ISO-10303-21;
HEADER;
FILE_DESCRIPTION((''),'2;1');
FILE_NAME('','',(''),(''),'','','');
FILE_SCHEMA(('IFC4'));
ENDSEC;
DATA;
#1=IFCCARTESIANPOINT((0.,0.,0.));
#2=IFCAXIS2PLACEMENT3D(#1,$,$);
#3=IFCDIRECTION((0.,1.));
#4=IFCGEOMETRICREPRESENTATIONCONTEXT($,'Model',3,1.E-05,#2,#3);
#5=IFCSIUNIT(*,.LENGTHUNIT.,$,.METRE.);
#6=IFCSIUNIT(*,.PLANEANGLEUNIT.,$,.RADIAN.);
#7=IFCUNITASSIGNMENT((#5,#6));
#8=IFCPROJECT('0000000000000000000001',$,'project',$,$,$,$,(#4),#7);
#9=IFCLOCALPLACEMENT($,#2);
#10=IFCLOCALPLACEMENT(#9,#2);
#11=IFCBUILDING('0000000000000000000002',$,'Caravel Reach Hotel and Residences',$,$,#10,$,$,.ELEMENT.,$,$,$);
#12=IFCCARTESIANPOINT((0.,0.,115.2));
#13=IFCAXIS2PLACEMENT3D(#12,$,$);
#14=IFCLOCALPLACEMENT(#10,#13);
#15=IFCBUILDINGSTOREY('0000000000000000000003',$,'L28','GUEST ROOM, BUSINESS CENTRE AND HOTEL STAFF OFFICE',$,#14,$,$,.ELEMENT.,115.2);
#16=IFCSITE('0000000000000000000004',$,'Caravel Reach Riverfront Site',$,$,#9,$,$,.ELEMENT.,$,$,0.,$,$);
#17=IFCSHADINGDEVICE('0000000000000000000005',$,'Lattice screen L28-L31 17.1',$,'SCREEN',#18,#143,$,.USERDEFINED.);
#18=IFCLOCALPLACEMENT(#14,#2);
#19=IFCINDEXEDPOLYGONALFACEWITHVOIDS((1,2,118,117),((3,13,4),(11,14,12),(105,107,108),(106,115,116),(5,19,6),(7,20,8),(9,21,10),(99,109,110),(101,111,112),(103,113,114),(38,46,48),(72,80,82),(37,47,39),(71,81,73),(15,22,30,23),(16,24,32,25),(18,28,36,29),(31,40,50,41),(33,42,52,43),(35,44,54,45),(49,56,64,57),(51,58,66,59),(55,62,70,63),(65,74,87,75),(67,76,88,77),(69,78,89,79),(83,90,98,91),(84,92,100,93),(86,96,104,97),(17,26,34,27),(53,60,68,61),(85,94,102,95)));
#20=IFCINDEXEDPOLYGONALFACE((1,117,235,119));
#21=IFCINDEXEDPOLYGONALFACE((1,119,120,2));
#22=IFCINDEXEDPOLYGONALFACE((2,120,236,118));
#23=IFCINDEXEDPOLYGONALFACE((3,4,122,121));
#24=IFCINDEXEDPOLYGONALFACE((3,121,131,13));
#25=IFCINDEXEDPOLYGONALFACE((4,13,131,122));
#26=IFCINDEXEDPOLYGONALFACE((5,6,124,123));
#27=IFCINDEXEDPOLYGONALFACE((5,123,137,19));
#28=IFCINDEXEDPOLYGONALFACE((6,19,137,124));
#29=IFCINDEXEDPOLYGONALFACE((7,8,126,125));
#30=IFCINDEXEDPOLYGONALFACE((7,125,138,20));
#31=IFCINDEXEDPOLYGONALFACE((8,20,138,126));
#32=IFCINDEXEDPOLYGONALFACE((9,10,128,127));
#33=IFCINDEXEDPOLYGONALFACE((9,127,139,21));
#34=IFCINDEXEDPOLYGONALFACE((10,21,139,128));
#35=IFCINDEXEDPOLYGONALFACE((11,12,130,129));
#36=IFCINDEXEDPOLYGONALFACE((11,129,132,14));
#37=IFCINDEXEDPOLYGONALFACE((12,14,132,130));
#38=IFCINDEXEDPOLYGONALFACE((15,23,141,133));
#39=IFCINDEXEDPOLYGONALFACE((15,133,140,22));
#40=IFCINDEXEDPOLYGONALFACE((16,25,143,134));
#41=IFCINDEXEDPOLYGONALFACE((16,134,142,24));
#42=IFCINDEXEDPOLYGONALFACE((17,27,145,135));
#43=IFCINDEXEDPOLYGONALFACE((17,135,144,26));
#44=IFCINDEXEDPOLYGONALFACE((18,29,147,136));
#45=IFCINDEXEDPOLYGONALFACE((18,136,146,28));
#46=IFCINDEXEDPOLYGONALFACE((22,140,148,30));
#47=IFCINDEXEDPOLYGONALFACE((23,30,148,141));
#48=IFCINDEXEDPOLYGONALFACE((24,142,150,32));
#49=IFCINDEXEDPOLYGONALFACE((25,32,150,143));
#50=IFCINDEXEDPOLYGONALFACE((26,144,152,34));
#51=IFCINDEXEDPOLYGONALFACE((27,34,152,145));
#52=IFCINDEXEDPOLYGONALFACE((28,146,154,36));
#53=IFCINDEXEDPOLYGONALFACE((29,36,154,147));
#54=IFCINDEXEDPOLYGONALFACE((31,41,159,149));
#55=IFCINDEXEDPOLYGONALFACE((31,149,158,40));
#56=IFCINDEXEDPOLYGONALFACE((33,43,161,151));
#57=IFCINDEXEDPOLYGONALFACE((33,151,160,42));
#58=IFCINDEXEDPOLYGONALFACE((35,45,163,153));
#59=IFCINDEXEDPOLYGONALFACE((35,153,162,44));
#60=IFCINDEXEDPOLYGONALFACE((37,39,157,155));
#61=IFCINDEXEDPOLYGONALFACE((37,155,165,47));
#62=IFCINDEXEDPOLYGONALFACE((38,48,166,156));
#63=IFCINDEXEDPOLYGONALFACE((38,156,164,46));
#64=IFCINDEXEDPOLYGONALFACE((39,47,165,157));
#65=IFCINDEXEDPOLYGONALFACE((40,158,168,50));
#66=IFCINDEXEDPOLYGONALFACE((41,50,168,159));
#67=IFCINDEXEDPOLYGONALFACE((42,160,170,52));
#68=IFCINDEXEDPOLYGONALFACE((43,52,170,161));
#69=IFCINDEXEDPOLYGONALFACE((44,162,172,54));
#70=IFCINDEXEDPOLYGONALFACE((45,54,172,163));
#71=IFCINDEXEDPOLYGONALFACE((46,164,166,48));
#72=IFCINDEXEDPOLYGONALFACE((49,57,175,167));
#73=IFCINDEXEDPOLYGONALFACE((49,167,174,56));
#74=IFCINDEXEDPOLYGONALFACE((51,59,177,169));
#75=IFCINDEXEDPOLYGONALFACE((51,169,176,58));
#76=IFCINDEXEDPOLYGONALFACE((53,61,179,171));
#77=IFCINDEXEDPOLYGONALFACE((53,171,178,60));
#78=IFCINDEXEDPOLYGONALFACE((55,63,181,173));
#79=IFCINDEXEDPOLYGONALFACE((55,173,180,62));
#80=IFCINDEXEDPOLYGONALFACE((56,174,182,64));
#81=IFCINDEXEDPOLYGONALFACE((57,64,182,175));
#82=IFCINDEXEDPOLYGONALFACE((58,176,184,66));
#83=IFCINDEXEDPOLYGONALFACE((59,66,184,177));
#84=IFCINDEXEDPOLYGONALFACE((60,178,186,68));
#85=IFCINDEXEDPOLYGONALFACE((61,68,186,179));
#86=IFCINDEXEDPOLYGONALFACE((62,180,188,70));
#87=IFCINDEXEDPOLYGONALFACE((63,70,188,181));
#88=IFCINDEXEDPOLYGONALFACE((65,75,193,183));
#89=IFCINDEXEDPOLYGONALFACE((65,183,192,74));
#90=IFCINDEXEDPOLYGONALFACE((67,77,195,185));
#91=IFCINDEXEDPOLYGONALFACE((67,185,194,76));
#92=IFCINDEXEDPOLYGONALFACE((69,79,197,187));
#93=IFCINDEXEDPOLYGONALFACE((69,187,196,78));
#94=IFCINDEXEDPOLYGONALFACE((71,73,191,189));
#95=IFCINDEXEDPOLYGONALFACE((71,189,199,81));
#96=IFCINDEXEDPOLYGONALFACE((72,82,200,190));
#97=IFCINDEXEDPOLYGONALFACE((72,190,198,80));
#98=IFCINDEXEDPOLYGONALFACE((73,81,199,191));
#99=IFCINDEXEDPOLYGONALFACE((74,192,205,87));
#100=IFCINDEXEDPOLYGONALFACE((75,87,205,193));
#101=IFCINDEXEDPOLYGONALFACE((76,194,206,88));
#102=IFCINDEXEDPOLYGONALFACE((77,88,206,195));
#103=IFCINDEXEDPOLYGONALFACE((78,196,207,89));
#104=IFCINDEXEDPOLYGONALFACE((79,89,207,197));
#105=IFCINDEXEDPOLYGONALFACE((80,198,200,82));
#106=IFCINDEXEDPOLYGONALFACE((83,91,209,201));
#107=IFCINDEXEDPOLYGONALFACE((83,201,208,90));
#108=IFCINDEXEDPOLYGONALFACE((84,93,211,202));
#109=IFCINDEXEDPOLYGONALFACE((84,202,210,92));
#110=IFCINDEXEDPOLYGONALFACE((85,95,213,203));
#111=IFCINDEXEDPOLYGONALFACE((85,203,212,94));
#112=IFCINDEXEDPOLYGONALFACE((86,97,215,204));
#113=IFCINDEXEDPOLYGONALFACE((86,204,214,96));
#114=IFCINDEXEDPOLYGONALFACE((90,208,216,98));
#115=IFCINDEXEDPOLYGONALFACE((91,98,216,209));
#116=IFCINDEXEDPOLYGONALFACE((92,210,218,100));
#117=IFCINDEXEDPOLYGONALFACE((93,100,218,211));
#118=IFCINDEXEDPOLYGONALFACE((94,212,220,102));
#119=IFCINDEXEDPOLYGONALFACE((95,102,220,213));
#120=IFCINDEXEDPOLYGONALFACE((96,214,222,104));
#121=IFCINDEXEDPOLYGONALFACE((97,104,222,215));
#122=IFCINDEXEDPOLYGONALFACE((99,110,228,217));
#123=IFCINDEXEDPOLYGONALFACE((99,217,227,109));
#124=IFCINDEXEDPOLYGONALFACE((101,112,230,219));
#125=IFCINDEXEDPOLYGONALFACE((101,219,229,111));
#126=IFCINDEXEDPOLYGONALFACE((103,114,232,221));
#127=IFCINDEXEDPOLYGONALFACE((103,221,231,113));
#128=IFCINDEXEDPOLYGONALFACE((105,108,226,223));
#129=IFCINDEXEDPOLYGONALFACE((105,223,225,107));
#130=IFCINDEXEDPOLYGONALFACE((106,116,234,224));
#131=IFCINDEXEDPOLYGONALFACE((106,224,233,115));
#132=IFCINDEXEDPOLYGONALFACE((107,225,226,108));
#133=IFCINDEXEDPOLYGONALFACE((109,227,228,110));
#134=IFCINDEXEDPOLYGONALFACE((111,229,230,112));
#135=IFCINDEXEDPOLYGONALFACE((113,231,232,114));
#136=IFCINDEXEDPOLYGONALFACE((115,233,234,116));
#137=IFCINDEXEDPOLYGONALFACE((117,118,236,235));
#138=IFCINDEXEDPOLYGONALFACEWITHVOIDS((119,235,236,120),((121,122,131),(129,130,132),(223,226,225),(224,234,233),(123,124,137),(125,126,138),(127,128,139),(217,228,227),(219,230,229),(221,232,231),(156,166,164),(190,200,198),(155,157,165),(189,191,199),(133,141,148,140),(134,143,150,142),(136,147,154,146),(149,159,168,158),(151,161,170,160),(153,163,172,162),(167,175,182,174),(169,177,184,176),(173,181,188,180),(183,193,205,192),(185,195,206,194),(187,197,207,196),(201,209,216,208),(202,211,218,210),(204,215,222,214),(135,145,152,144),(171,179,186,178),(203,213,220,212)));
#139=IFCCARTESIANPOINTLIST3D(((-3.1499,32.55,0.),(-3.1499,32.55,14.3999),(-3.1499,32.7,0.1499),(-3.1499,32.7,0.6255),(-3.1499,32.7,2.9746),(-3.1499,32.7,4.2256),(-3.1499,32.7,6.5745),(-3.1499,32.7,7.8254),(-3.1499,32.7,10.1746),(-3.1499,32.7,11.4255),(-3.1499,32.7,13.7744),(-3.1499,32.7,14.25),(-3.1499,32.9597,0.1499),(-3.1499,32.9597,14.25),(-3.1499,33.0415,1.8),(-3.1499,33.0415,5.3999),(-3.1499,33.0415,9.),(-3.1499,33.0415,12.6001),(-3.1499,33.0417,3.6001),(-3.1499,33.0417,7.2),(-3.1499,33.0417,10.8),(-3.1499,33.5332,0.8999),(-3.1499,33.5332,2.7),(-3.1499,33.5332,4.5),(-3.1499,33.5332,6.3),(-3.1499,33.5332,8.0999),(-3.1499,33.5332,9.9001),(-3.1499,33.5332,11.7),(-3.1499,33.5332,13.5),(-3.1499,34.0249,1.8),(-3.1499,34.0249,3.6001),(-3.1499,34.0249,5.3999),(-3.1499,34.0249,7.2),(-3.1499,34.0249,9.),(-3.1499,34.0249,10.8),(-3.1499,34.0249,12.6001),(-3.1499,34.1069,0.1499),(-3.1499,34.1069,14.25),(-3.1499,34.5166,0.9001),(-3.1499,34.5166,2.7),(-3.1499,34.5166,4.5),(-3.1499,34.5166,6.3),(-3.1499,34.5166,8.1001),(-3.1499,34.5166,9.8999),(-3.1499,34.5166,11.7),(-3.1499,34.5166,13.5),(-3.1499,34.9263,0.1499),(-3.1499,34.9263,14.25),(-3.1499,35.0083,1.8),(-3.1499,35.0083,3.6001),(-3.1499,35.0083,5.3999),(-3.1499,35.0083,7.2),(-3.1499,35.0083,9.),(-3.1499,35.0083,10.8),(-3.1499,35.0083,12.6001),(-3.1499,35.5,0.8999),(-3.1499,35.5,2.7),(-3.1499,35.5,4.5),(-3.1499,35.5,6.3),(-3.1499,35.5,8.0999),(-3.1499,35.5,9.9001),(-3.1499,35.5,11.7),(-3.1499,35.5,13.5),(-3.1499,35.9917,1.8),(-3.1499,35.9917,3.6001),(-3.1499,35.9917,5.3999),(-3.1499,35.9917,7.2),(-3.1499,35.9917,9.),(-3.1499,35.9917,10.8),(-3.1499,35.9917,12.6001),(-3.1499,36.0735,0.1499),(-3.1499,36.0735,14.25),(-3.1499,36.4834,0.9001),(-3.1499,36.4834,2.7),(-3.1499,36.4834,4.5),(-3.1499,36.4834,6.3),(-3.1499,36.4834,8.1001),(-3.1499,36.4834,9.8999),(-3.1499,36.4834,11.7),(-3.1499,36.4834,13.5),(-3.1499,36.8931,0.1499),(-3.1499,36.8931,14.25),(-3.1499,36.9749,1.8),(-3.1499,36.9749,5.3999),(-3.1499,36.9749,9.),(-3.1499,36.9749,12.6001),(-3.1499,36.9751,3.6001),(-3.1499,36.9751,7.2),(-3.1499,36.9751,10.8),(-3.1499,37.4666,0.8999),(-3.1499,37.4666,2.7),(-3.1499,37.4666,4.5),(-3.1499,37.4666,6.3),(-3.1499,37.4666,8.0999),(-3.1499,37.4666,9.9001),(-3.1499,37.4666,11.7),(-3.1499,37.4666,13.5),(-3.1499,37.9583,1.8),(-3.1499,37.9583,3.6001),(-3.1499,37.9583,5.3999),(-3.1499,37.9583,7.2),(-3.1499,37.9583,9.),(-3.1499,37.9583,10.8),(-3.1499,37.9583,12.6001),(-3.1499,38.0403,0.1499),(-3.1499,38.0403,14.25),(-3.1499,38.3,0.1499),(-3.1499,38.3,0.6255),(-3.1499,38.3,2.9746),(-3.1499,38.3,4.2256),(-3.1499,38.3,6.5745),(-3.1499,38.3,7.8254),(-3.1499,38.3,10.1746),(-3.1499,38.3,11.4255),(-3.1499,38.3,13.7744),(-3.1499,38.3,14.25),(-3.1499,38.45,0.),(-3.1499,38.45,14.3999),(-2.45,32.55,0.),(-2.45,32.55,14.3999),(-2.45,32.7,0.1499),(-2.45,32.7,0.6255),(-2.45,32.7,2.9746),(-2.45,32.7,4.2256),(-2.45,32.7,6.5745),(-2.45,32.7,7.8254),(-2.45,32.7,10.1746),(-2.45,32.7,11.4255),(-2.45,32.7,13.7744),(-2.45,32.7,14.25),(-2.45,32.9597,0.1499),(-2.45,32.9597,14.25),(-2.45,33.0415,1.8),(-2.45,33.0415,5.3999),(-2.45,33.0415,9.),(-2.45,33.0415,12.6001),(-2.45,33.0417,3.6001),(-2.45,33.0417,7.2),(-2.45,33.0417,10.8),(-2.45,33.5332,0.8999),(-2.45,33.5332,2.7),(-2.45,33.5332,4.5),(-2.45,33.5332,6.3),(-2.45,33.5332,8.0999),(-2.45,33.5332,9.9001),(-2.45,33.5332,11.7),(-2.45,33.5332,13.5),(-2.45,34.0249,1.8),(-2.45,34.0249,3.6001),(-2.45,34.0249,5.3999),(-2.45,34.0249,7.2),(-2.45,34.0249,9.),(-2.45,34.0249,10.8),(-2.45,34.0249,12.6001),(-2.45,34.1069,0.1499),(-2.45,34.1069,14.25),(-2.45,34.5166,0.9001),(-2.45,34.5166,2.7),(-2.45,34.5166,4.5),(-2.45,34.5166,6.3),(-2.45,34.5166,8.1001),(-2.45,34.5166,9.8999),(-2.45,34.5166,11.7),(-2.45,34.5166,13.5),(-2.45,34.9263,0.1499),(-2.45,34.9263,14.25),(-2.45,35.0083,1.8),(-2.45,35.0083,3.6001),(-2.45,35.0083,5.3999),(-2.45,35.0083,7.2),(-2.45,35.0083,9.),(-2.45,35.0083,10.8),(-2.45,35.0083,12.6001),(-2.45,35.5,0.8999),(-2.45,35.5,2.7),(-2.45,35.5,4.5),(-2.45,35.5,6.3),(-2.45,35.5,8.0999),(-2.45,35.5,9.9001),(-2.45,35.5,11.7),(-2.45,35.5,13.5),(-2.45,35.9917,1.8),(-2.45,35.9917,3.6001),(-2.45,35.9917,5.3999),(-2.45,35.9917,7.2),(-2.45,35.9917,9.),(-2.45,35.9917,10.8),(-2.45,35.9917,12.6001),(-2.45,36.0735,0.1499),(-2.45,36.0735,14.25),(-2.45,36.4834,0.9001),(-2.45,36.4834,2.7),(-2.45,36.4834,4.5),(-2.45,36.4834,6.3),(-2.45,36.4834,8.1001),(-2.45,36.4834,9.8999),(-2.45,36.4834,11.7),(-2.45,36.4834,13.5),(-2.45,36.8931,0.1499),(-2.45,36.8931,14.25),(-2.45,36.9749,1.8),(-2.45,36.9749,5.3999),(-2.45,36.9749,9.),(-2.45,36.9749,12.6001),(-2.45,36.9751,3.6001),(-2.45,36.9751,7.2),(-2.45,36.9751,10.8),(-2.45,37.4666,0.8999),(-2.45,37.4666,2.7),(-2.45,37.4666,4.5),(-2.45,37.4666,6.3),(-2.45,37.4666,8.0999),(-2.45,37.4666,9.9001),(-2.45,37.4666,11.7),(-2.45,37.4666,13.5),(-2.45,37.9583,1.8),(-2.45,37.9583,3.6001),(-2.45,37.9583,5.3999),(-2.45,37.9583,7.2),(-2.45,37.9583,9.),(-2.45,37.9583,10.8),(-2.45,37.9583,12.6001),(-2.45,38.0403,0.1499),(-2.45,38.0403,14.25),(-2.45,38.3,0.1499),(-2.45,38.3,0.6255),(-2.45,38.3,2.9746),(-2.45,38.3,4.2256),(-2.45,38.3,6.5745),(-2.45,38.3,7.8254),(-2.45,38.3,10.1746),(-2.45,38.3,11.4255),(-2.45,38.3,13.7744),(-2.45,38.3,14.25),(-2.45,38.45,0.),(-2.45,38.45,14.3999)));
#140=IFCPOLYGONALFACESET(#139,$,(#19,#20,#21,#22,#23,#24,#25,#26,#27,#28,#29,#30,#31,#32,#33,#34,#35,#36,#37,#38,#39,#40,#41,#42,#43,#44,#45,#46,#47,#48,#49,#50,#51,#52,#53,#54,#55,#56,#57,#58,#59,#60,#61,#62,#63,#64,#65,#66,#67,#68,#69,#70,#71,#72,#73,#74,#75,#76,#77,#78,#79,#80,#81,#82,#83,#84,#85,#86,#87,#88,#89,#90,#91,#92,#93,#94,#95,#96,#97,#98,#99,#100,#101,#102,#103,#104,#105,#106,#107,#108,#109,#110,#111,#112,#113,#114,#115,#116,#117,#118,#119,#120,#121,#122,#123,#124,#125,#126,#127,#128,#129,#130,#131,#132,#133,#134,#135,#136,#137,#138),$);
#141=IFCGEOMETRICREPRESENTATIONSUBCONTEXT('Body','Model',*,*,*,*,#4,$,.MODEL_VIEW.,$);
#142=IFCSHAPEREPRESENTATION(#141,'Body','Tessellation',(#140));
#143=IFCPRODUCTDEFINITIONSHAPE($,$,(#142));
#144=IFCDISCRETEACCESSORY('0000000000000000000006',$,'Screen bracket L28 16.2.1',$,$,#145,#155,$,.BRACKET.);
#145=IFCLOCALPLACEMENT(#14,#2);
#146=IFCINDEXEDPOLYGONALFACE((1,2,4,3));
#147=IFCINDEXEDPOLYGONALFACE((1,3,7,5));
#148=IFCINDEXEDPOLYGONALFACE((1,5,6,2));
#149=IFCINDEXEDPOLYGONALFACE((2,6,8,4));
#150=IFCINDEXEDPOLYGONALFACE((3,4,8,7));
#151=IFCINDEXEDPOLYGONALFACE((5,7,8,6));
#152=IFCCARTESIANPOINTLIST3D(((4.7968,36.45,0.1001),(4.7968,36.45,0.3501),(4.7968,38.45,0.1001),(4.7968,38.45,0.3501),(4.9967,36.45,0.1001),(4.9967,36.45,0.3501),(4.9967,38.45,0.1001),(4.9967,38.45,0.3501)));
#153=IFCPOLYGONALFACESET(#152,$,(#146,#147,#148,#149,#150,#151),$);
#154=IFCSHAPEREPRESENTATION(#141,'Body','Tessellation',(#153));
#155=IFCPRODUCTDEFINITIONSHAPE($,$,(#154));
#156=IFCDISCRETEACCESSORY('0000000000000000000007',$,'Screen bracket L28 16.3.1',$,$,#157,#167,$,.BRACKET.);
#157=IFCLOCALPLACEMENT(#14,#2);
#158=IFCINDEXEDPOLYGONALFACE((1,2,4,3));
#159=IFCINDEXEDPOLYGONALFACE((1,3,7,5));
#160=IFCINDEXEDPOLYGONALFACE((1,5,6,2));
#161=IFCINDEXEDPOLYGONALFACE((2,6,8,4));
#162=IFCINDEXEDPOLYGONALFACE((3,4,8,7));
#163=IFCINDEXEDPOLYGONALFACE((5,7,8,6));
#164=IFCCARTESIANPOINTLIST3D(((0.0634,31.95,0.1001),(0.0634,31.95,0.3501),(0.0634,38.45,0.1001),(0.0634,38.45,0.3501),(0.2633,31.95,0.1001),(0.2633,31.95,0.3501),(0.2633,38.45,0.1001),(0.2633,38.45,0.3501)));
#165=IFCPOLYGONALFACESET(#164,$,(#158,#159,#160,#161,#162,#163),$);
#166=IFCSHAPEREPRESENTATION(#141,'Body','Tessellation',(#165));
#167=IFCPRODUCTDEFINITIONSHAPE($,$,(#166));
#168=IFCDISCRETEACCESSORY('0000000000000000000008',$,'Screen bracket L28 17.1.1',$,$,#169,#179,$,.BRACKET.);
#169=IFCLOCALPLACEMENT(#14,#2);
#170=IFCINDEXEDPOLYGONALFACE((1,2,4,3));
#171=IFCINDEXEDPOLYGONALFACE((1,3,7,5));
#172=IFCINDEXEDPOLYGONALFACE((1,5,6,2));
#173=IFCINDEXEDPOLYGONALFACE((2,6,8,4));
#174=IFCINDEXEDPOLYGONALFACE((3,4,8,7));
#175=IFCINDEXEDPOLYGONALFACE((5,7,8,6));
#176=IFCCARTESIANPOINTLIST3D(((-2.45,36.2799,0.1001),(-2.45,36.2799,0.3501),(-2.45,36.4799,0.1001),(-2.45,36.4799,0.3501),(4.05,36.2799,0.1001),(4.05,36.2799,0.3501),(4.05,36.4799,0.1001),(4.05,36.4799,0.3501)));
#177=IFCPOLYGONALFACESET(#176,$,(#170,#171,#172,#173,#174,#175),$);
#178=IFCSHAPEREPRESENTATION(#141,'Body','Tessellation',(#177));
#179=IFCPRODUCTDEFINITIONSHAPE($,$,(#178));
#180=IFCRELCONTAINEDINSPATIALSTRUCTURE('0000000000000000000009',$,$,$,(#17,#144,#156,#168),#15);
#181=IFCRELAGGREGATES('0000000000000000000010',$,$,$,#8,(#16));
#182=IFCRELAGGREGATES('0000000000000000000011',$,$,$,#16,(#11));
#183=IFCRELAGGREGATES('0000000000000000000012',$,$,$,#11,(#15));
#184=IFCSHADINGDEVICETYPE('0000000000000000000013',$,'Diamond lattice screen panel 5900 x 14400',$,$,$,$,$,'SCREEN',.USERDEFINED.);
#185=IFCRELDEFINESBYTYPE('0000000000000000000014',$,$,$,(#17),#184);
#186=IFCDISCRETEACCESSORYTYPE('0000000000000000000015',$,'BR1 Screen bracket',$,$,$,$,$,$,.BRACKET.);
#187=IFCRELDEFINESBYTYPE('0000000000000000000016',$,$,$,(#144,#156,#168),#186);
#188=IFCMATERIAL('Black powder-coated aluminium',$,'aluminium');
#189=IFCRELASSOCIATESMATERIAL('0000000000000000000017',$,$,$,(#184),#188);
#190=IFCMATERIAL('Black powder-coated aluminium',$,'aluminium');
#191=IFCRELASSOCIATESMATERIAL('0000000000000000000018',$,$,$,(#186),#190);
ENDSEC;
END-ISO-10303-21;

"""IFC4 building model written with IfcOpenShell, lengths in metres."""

from ifc_helpers import new_model, si_unit, direction, frame, origin, origin_2d, place, context, subcontext, project, spatial, polyline, rectangle, outline, extrude, material, type_object, element, save


model = new_model("IFC4")

# Units and contexts
model_context = context("Model", 3, precision=1e-05, world=origin(), true_north=direction((0.0, 1.0)))
body_context = subcontext(model_context, "Body", "Model", "MODEL_VIEW")
ifc_project = project(units=[si_unit("LENGTHUNIT", "METRE"), si_unit("PLANEANGLEUNIT", "RADIAN")], contexts=[model_context])

# Site, building, storey
site_placement = place(None, origin())
site = spatial("IfcSite", under=ifc_project, at=site_placement, Name="Caravel Reach Riverfront Site", CompositionType="ELEMENT", RefElevation=0.0)
building_placement = place(site_placement, origin())
building = spatial("IfcBuilding", under=site, at=building_placement, Name="Caravel Reach Hotel and Residences", CompositionType="ELEMENT")
storey_placement = place(building_placement, frame((0.0, 0.0, 115.2)))
storey = spatial("IfcBuildingStorey", under=building, at=storey_placement, Name="L28", Description="GUEST ROOM, BUSINESS CENTRE AND HOTEL STAFF OFFICE", CompositionType="ELEMENT", Elevation=115.2)

# Shading device
ifc_material_1 = material(Name="Black powder-coated aluminium", Category="aluminium")
shading_device_type_1 = type_object("IfcShadingDeviceType", Name="Diamond lattice screen panel 5900 x 14400", ElementType="SCREEN", PredefinedType="USERDEFINED", material=ifc_material_1)
shading_device_1_placement = place(storey_placement, frame((-2.45, 38.45, 0.0), z_axis=(-1.0, 0.0, 0.0), x_axis=(0.0, -1.0, 0.0)))
element("IfcShadingDevice", 1, at=shading_device_1_placement, inside=storey, type_object=shading_device_type_1, Name="Lattice screen L28-L31 17.1", ObjectType="SCREEN", PredefinedType="USERDEFINED", context=body_context, shape_type="SweptSolid", body=[
    extrude(outline(polyline([(0.0, 0.0), (5.8999, 0.0), (5.8999, 14.3999), (0.0, 14.3999), (0.0, 0.0)]), holes=[polyline([(0.4097, 0.1499), (0.1499, 0.6255), (0.1499, 0.1499), (0.4097, 0.1499)]), polyline([(0.4917, 3.6001), (0.1499, 4.2256), (0.1499, 2.9746), (0.4917, 3.6001)]), polyline([(0.4917, 7.2), (0.1499, 7.8254), (0.1499, 6.5745), (0.4917, 7.2)]), polyline([(0.4917, 10.8), (0.1499, 11.4255), (0.1499, 10.1746), (0.4917, 10.8)]), polyline([(0.1499, 13.7744), (0.4097, 14.25), (0.1499, 14.25), (0.1499, 13.7744)]), polyline([(0.9834, 2.7), (0.4917, 1.8), (0.9834, 0.8999), (1.4751, 1.8), (0.9834, 2.7)]), polyline([(0.9834, 6.3), (0.4917, 5.3999), (0.9834, 4.5), (1.4751, 5.3999), (0.9834, 6.3)]), polyline([(0.9834, 9.9001), (0.4917, 9.0), (0.9834, 8.0999), (1.4751, 9.0), (0.9834, 9.9001)]), polyline([(0.9834, 13.5), (0.4917, 12.6001), (0.9834, 11.7), (1.4751, 12.6001), (0.9834, 13.5)]), polyline([(1.9666, 0.9001), (1.5569, 0.1499), (2.3765, 0.1499), (1.9666, 0.9001)]), polyline([(1.9666, 4.5), (1.4749, 3.6001), (1.9666, 2.7), (2.4583, 3.6001), (1.9666, 4.5)]), polyline([(1.9666, 8.1001), (1.4749, 7.2), (1.9666, 6.3), (2.4583, 7.2), (1.9666, 8.1001)]), polyline([(1.9666, 11.7), (1.4749, 10.8), (1.9666, 9.8999), (2.4583, 10.8), (1.9666, 11.7)]), polyline([(1.9666, 13.5), (2.3765, 14.25), (1.5569, 14.25), (1.9666, 13.5)]), polyline([(2.95, 2.7), (2.4583, 1.8), (2.95, 0.8999), (3.4417, 1.8), (2.95, 2.7)]), polyline([(2.95, 6.3), (2.4583, 5.3999), (2.95, 4.5), (3.4417, 5.3999), (2.95, 6.3)]), polyline([(2.95, 9.9001), (2.4583, 9.0), (2.95, 8.0999), (3.4417, 9.0), (2.95, 9.9001)]), polyline([(2.95, 13.5), (2.4583, 12.6001), (2.95, 11.7), (3.4417, 12.6001), (2.95, 13.5)]), polyline([(3.9333, 0.9001), (3.5237, 0.1499), (4.343, 0.1499), (3.9333, 0.9001)]), polyline([(3.9333, 4.5), (3.4417, 3.6001), (3.9333, 2.7), (4.425, 3.6001), (3.9333, 4.5)]), polyline([(3.9333, 8.1001), (3.4417, 7.2), (3.9333, 6.3), (4.425, 7.2), (3.9333, 8.1001)]), polyline([(3.9333, 11.7), (3.4417, 10.8), (3.9333, 9.8999), (4.425, 10.8), (3.9333, 11.7)]), polyline([(3.9333, 13.5), (4.343, 14.25), (3.5237, 14.25), (3.9333, 13.5)]), polyline([(4.9167, 2.7), (4.425, 1.8), (4.9167, 0.8999), (5.4084, 1.8), (4.9167, 2.7)]), polyline([(4.9167, 6.3), (4.425, 5.3999), (4.9167, 4.5), (5.4084, 5.3999), (4.9167, 6.3)]), polyline([(4.9167, 9.9001), (4.425, 9.0), (4.9167, 8.0999), (5.4084, 9.0), (4.9167, 9.9001)]), polyline([(4.9167, 13.5), (4.425, 12.6001), (4.9167, 11.7), (5.4084, 12.6001), (4.9167, 13.5)]), polyline([(5.75, 0.6255), (5.4902, 0.1499), (5.75, 0.1499), (5.75, 0.6255)]), polyline([(5.4082, 3.6001), (5.75, 2.9746), (5.75, 4.2256), (5.4082, 3.6001)]), polyline([(5.4082, 7.2), (5.75, 6.5745), (5.75, 7.8254), (5.4082, 7.2)]), polyline([(5.4082, 10.8), (5.75, 10.1746), (5.75, 11.4255), (5.4082, 10.8)]), polyline([(5.4902, 14.25), (5.75, 13.7744), (5.75, 14.25), (5.4902, 14.25)])]), origin(), (0.0, 0.0, 1.0), 0.7),
])

# Discrete accessories
ifc_material_2 = material(Name="Black powder-coated aluminium", Category="aluminium")
discrete_accessory_type = type_object("IfcDiscreteAccessoryType", Name="BR1 Screen bracket", PredefinedType="BRACKET", material=ifc_material_2)
discrete_accessory_placement = place(storey_placement, frame((4.8967, 37.45, 0.1001), z_axis=(0.0, 0.0, 1.0), x_axis=(0.0, 1.0, 0.0)))
element("IfcDiscreteAccessory", 2, at=discrete_accessory_placement, inside=storey, type_object=discrete_accessory_type, Name="Screen bracket L28 16.2.1", PredefinedType="BRACKET", context=body_context, shape_type="SweptSolid", body=[
    extrude(rectangle(XDim=2.0, YDim=0.2, at=origin_2d()), origin(), (0.0, 0.0, 1.0), 0.25),
])
for number, where, z_axis, x_axis, name in (
    (3, (0.1633, 35.2, 0.1001), (0.0, 0.0, 1.0), (0.0, 1.0, 0.0), "Screen bracket L28 16.3.1"),
    (4, (0.8, 36.3799, 0.1001), (0.0, 0.0, 1.0), (-1.0, 0.0, 0.0), "Screen bracket L28 17.1.1"),
):
    element("IfcDiscreteAccessory", number, at=place(storey_placement, frame(where, z_axis=z_axis, x_axis=x_axis)), inside=storey, type_object=discrete_accessory_type, Name=name, PredefinedType="BRACKET", context=body_context, shape_type="SweptSolid", body=[
        extrude(rectangle(XDim=6.5, YDim=0.2, at=origin_2d()), origin(), (0.0, 0.0, 1.0), 0.25),
    ])

save(model, "model.ifc")
